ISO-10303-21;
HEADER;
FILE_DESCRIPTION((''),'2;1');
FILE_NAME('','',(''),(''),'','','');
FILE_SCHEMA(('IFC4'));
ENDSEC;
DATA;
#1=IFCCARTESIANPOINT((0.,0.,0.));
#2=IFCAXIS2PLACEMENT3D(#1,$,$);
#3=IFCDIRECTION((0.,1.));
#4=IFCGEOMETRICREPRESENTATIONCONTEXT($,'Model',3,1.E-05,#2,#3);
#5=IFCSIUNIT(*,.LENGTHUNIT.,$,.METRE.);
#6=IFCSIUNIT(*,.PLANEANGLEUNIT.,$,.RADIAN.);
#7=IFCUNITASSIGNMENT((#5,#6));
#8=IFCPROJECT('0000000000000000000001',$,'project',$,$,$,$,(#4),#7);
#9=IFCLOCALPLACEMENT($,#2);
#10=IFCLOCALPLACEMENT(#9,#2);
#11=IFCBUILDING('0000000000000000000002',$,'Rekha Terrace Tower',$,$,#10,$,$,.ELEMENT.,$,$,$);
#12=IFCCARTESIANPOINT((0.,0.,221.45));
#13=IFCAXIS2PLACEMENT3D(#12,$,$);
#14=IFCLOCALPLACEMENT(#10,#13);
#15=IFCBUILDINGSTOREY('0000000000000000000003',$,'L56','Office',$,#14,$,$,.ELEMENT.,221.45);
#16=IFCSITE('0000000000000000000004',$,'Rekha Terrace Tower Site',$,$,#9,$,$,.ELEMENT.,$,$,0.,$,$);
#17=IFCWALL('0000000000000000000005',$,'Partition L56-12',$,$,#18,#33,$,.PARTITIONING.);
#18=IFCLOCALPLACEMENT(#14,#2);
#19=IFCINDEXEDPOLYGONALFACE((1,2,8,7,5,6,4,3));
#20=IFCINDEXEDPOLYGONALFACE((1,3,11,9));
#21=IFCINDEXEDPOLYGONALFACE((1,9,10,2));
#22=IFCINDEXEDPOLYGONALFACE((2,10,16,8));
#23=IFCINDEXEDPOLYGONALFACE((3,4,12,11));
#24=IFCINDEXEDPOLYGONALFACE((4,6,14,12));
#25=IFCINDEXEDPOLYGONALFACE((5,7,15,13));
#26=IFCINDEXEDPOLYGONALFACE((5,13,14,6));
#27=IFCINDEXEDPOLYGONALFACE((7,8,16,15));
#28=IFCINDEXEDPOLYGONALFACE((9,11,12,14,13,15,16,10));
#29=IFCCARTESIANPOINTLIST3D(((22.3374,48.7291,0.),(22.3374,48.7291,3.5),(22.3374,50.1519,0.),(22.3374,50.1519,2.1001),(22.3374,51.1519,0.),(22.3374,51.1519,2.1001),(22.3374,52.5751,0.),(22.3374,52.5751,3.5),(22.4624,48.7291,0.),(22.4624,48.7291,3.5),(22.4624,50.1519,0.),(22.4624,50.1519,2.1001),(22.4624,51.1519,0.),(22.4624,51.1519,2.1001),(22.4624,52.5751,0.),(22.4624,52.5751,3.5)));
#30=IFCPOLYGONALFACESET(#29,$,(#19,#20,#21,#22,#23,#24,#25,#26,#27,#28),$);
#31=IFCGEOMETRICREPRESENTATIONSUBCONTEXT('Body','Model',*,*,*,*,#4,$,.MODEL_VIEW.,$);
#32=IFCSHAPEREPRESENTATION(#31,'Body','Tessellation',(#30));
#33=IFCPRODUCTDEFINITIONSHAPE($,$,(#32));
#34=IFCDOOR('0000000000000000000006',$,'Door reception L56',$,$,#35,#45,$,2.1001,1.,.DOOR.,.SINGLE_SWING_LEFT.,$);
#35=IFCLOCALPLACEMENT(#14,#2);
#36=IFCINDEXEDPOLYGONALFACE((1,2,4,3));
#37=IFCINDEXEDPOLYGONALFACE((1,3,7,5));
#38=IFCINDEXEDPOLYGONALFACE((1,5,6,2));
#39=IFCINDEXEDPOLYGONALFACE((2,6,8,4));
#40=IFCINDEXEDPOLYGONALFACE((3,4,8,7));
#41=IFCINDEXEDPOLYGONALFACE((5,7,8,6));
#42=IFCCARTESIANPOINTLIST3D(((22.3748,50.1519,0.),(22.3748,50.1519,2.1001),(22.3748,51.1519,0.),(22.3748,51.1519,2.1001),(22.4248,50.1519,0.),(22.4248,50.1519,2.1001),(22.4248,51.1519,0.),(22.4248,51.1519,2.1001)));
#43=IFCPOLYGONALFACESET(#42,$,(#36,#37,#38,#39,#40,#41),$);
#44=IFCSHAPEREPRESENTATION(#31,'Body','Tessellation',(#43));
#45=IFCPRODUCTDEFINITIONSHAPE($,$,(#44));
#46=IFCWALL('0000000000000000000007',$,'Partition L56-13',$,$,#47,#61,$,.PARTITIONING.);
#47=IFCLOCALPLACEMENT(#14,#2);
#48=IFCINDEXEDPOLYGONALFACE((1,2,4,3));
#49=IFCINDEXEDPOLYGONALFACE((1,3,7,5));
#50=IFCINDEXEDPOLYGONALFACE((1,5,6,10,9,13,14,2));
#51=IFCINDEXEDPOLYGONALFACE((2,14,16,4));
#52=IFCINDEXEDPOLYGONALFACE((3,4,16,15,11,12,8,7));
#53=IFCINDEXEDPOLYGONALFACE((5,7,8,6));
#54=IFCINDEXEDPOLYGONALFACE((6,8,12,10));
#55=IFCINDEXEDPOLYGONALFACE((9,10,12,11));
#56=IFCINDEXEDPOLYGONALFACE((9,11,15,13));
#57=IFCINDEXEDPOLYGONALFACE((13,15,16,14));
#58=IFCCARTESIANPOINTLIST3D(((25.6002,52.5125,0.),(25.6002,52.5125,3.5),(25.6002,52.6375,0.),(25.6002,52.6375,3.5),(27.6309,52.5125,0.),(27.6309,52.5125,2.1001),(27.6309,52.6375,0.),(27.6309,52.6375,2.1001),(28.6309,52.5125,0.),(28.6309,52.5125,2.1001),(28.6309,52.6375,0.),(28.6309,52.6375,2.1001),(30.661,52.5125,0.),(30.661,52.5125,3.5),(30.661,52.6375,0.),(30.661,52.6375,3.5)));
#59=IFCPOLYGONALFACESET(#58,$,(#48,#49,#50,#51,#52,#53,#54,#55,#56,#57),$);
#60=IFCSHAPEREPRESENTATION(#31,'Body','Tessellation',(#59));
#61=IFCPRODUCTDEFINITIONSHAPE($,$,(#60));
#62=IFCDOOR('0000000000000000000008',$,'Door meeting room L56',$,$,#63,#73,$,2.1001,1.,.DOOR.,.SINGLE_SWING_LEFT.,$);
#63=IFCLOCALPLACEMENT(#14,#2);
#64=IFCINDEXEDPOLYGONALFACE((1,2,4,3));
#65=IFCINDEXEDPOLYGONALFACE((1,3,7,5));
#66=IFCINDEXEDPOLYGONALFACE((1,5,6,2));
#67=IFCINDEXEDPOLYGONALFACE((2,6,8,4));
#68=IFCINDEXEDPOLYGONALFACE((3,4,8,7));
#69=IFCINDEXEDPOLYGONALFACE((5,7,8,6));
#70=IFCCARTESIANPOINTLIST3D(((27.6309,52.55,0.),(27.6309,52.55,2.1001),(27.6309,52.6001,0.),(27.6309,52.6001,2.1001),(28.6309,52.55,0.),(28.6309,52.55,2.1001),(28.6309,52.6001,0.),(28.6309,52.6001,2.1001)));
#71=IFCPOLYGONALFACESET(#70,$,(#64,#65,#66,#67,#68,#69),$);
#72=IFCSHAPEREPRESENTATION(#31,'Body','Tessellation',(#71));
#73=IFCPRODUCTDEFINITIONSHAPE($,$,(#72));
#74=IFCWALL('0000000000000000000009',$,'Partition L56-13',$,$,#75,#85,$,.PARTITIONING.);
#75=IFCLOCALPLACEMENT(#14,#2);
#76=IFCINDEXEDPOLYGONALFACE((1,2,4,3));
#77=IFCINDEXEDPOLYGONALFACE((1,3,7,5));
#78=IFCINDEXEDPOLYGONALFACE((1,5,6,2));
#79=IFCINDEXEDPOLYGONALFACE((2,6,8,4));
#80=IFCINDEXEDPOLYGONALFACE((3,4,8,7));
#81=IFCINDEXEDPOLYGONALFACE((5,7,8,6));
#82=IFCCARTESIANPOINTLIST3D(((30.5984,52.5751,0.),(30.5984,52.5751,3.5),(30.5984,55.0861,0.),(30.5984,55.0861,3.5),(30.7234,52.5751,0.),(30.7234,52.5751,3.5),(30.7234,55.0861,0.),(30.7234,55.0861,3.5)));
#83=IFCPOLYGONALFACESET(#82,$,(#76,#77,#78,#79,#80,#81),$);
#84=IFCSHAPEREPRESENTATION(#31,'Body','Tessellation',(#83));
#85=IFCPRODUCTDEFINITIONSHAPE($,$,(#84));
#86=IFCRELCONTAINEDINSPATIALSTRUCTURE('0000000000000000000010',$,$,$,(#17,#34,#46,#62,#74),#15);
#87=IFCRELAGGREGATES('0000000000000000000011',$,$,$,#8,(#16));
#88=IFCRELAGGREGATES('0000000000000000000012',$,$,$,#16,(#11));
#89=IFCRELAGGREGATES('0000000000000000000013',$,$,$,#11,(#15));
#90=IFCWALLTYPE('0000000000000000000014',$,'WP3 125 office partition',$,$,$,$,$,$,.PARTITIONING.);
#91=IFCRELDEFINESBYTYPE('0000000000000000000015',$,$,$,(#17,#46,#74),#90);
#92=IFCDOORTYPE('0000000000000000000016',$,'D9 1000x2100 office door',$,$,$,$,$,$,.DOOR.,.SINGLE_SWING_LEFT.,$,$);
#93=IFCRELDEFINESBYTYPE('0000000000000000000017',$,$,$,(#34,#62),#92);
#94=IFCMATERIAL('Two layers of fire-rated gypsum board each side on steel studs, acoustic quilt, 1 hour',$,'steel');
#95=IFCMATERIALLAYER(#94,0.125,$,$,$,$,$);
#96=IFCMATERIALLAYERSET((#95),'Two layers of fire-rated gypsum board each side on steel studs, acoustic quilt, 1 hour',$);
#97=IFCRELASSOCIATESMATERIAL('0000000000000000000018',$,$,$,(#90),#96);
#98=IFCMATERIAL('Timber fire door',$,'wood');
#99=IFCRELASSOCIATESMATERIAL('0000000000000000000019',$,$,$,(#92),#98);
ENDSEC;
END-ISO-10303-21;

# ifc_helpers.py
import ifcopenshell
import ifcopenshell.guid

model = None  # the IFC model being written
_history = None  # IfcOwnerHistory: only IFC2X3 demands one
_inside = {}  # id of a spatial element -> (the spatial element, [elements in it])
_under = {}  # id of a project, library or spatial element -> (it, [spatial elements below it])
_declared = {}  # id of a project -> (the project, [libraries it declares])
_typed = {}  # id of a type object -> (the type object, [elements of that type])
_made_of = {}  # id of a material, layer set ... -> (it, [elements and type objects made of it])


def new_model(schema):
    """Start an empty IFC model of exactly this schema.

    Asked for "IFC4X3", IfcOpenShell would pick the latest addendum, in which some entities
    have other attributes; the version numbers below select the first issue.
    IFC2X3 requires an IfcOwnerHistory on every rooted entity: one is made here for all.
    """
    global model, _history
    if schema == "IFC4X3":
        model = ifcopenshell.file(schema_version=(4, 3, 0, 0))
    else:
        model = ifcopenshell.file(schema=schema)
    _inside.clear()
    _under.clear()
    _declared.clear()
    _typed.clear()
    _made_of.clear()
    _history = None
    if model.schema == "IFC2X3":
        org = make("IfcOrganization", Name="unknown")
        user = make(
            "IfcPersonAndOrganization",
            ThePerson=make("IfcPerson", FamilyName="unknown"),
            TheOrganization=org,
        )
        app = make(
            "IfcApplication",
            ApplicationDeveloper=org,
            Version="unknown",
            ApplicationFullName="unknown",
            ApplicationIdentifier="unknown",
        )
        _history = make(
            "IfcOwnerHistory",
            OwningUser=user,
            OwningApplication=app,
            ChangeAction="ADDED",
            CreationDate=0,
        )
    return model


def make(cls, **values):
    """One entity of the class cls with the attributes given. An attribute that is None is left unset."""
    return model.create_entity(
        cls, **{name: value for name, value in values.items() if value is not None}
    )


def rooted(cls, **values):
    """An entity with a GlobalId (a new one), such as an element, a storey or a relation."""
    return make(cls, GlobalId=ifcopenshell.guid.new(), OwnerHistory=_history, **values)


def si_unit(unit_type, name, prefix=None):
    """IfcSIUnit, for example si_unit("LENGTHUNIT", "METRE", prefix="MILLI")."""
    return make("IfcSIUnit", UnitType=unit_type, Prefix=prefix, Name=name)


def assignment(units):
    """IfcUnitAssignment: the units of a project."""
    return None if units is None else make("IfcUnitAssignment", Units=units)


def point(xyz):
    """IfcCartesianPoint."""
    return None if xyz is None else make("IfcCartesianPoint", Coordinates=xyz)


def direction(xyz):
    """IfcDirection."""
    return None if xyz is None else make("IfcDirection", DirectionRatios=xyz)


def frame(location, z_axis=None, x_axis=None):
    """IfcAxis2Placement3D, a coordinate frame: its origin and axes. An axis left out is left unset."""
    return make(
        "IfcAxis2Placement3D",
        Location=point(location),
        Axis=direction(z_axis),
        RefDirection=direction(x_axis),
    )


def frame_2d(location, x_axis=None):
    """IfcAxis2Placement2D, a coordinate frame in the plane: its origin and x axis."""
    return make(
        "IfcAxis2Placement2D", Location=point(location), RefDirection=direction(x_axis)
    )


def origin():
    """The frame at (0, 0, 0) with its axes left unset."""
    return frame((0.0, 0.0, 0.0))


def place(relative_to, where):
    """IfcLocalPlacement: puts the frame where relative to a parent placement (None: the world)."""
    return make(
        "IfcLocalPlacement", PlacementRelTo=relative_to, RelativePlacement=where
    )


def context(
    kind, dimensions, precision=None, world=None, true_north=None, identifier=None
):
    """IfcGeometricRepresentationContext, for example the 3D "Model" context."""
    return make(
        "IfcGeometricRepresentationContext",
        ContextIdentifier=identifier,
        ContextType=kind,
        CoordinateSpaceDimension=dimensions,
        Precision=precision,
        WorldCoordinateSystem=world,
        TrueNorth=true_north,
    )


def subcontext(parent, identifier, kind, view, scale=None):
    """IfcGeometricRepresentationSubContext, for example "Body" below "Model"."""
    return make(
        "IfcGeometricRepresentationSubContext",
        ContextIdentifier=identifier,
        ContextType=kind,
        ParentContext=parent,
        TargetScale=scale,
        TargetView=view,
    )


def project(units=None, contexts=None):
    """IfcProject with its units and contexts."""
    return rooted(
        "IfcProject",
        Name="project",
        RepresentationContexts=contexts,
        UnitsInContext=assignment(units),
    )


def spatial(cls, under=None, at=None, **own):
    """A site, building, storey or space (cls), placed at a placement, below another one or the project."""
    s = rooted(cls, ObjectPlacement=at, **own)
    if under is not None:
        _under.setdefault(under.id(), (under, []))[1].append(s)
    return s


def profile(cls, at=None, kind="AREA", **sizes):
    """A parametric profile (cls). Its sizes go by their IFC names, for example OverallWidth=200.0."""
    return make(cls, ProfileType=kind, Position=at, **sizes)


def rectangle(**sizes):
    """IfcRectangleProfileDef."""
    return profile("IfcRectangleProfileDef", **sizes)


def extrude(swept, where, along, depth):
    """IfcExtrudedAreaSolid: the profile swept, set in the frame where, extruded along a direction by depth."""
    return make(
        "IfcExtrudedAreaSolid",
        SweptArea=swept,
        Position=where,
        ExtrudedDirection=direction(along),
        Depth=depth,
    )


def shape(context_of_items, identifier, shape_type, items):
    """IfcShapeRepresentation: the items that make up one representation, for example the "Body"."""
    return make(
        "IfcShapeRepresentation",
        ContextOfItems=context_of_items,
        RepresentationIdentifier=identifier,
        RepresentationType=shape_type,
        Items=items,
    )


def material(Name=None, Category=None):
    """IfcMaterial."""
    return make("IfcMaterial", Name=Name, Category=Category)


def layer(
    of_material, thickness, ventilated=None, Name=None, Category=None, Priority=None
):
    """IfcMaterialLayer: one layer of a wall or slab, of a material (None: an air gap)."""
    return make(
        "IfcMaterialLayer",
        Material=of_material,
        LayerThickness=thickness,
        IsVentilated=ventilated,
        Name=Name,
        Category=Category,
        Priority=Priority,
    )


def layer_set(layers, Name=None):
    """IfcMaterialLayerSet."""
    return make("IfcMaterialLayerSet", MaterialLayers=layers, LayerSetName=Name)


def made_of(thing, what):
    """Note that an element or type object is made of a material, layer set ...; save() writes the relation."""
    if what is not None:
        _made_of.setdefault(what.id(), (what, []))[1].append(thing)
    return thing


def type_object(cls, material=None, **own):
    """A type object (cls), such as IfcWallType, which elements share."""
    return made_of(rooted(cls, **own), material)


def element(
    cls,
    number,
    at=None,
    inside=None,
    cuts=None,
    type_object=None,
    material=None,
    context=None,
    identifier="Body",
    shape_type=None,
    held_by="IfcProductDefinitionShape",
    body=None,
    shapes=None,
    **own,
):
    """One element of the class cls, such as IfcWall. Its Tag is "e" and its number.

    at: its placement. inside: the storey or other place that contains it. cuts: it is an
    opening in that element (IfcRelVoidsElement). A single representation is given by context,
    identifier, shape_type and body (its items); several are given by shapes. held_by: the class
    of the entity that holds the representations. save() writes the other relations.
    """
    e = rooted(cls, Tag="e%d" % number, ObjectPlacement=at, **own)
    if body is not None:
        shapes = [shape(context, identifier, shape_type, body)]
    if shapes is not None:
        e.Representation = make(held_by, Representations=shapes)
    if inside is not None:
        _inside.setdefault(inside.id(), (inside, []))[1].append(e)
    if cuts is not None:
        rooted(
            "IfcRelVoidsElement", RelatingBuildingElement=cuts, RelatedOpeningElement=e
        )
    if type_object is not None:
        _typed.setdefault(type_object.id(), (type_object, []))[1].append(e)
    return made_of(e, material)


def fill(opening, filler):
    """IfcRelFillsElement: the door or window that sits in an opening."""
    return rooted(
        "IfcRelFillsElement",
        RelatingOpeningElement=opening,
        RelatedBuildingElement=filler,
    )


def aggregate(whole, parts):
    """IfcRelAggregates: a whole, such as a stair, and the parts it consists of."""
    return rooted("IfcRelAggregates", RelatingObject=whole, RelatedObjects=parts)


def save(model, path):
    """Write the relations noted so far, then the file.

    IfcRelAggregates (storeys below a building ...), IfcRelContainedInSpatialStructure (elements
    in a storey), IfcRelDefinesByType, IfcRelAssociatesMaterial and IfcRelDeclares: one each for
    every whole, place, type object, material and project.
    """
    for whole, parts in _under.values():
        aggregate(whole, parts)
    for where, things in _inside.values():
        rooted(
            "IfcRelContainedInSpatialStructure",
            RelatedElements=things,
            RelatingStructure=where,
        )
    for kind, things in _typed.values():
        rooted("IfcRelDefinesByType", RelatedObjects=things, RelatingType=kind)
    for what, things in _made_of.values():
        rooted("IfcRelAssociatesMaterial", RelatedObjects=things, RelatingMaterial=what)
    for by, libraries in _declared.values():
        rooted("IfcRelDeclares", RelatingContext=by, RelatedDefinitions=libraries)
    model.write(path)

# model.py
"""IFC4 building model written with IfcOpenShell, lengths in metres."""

from ifc_helpers import new_model, si_unit, direction, frame, frame_2d, origin, place, context, subcontext, project, spatial, rectangle, extrude, material, layer, layer_set, type_object, element, fill, save


model = new_model("IFC4")

# Units and contexts
model_context = context("Model", 3, precision=1e-05, world=origin(), true_north=direction((0.0, 1.0)))
body_context = subcontext(model_context, "Body", "Model", "MODEL_VIEW")
ifc_project = project(units=[si_unit("LENGTHUNIT", "METRE"), si_unit("PLANEANGLEUNIT", "RADIAN")], contexts=[model_context])

# Site, building, storey
site_placement = place(None, origin())
site = spatial("IfcSite", under=ifc_project, at=site_placement, Name="Rekha Terrace Tower Site", CompositionType="ELEMENT", RefElevation=0.0)
building_placement = place(site_placement, origin())
building = spatial("IfcBuilding", under=site, at=building_placement, Name="Rekha Terrace Tower", CompositionType="ELEMENT")
storey_placement = place(building_placement, frame((0.0, 0.0, 221.45)))
storey = spatial("IfcBuildingStorey", under=building, at=storey_placement, Name="L56", Description="Office", CompositionType="ELEMENT", Elevation=221.45)

# Shared definitions
ifc_material_1 = material(Name="Two layers of fire-rated gypsum board each side on steel studs, acoustic quilt, 1 hour", Category="steel")
ifc_layer_1 = layer(ifc_material_1, 0.125)
ifc_layer_set_1 = layer_set([ifc_layer_1], Name="Two layers of fire-rated gypsum board each side on steel studs, acoustic quilt, 1 hour")
wall_type_1 = type_object("IfcWallType", Name="WP3 125 office partition", PredefinedType="PARTITIONING", material=ifc_layer_set_1)
ifc_material_2 = material(Name="Timber fire door", Category="wood")
door_type_1 = type_object("IfcDoorType", Name="D9 1000x2100 office door", OperationType="SINGLE_SWING_LEFT", PredefinedType="DOOR", material=ifc_material_2)

# Walls, openings, doors
wall_1_placement = place(storey_placement, frame((22.3999, 52.575, 0.0), z_axis=(0.0, 0.0, 1.0), x_axis=(0.0, -1.0, 0.0)))
wall_1 = element("IfcWall", 1, at=wall_1_placement, inside=storey, type_object=wall_type_1, Name="Partition L56-12", PredefinedType="PARTITIONING", context=body_context, shape_type="SweptSolid", body=[
    extrude(rectangle(XDim=3.8459, YDim=0.125, at=frame_2d((1.9229, 0.0))), origin(), (0.0, 0.0, 1.0), 3.5),
])
opening_1_placement = place(wall_1_placement, frame((1.4231, 0.0, 0.0)))
opening_1 = element("IfcOpeningElement", 2, at=opening_1_placement, cuts=wall_1, PredefinedType="OPENING", context=body_context, shape_type="SweptSolid", body=[
    extrude(rectangle(XDim=1.0, YDim=2.1001, at=frame_2d((0.5, 1.05))), frame((0.0, 0.0725, 0.0), z_axis=(0.0, -1.0, 0.0), x_axis=(1.0, 0.0, 0.0)), (0.0, 0.0, 1.0), 0.145),
])
door_1_placement = place(opening_1_placement, origin())
door_1 = element("IfcDoor", 3, at=door_1_placement, inside=storey, type_object=door_type_1, Name="Door reception L56", OperationType="SINGLE_SWING_LEFT", OverallHeight=2.1001, OverallWidth=1.0, PredefinedType="DOOR", context=body_context, shape_type="SweptSolid", body=[
    extrude(rectangle(XDim=1.0, YDim=2.1001, at=frame_2d((0.5, 1.05))), frame((0.0, 0.0249, 0.0), z_axis=(0.0, -1.0, 0.0), x_axis=(1.0, 0.0, 0.0)), (0.0, 0.0, 1.0), 0.05),
])
fill(opening_1, door_1)
wall_2_placement = place(storey_placement, frame((30.6609, 52.575, 0.0), z_axis=(0.0, 0.0, 1.0), x_axis=(-1.0, 0.0, 0.0)))
wall_2 = element("IfcWall", 4, at=wall_2_placement, inside=storey, type_object=wall_type_1, Name="Partition L56-13", PredefinedType="PARTITIONING", context=body_context, shape_type="SweptSolid", body=[
    extrude(rectangle(XDim=5.0608, YDim=0.125, at=frame_2d((2.5303, 0.0))), origin(), (0.0, 0.0, 1.0), 3.5),
])
opening_2_placement = place(wall_2_placement, frame((2.03, 0.0, 0.0)))
opening_2 = element("IfcOpeningElement", 5, at=opening_2_placement, cuts=wall_2, PredefinedType="OPENING", context=body_context, shape_type="SweptSolid", body=[
    extrude(rectangle(XDim=1.0, YDim=2.1001, at=frame_2d((0.5, 1.05))), frame((0.0, 0.0725, 0.0), z_axis=(0.0, -1.0, 0.0), x_axis=(1.0, 0.0, 0.0)), (0.0, 0.0, 1.0), 0.145),
])
door_2_placement = place(opening_2_placement, origin())
door_2 = element("IfcDoor", 6, at=door_2_placement, inside=storey, type_object=door_type_1, Name="Door meeting room L56", OperationType="SINGLE_SWING_LEFT", OverallHeight=2.1001, OverallWidth=1.0, PredefinedType="DOOR", context=body_context, shape_type="SweptSolid", body=[
    extrude(rectangle(XDim=1.0, YDim=2.1001, at=frame_2d((0.5, 1.05))), frame((0.0, 0.0249, 0.0), z_axis=(0.0, -1.0, 0.0), x_axis=(1.0, 0.0, 0.0)), (0.0, 0.0, 1.0), 0.05),
])
fill(opening_2, door_2)

# Wall
wall_3_placement = place(storey_placement, frame((30.6609, 55.0859, 0.0), z_axis=(0.0, 0.0, 1.0), x_axis=(0.0, -1.0, 0.0)))
element("IfcWall", 7, at=wall_3_placement, inside=storey, type_object=wall_type_1, Name="Partition L56-13", PredefinedType="PARTITIONING", context=body_context, shape_type="SweptSolid", body=[
    extrude(rectangle(XDim=2.511, YDim=0.125, at=frame_2d((1.2554, 0.0))), origin(), (0.0, 0.0, 1.0), 3.5),
])

save(model, "model.ifc")
